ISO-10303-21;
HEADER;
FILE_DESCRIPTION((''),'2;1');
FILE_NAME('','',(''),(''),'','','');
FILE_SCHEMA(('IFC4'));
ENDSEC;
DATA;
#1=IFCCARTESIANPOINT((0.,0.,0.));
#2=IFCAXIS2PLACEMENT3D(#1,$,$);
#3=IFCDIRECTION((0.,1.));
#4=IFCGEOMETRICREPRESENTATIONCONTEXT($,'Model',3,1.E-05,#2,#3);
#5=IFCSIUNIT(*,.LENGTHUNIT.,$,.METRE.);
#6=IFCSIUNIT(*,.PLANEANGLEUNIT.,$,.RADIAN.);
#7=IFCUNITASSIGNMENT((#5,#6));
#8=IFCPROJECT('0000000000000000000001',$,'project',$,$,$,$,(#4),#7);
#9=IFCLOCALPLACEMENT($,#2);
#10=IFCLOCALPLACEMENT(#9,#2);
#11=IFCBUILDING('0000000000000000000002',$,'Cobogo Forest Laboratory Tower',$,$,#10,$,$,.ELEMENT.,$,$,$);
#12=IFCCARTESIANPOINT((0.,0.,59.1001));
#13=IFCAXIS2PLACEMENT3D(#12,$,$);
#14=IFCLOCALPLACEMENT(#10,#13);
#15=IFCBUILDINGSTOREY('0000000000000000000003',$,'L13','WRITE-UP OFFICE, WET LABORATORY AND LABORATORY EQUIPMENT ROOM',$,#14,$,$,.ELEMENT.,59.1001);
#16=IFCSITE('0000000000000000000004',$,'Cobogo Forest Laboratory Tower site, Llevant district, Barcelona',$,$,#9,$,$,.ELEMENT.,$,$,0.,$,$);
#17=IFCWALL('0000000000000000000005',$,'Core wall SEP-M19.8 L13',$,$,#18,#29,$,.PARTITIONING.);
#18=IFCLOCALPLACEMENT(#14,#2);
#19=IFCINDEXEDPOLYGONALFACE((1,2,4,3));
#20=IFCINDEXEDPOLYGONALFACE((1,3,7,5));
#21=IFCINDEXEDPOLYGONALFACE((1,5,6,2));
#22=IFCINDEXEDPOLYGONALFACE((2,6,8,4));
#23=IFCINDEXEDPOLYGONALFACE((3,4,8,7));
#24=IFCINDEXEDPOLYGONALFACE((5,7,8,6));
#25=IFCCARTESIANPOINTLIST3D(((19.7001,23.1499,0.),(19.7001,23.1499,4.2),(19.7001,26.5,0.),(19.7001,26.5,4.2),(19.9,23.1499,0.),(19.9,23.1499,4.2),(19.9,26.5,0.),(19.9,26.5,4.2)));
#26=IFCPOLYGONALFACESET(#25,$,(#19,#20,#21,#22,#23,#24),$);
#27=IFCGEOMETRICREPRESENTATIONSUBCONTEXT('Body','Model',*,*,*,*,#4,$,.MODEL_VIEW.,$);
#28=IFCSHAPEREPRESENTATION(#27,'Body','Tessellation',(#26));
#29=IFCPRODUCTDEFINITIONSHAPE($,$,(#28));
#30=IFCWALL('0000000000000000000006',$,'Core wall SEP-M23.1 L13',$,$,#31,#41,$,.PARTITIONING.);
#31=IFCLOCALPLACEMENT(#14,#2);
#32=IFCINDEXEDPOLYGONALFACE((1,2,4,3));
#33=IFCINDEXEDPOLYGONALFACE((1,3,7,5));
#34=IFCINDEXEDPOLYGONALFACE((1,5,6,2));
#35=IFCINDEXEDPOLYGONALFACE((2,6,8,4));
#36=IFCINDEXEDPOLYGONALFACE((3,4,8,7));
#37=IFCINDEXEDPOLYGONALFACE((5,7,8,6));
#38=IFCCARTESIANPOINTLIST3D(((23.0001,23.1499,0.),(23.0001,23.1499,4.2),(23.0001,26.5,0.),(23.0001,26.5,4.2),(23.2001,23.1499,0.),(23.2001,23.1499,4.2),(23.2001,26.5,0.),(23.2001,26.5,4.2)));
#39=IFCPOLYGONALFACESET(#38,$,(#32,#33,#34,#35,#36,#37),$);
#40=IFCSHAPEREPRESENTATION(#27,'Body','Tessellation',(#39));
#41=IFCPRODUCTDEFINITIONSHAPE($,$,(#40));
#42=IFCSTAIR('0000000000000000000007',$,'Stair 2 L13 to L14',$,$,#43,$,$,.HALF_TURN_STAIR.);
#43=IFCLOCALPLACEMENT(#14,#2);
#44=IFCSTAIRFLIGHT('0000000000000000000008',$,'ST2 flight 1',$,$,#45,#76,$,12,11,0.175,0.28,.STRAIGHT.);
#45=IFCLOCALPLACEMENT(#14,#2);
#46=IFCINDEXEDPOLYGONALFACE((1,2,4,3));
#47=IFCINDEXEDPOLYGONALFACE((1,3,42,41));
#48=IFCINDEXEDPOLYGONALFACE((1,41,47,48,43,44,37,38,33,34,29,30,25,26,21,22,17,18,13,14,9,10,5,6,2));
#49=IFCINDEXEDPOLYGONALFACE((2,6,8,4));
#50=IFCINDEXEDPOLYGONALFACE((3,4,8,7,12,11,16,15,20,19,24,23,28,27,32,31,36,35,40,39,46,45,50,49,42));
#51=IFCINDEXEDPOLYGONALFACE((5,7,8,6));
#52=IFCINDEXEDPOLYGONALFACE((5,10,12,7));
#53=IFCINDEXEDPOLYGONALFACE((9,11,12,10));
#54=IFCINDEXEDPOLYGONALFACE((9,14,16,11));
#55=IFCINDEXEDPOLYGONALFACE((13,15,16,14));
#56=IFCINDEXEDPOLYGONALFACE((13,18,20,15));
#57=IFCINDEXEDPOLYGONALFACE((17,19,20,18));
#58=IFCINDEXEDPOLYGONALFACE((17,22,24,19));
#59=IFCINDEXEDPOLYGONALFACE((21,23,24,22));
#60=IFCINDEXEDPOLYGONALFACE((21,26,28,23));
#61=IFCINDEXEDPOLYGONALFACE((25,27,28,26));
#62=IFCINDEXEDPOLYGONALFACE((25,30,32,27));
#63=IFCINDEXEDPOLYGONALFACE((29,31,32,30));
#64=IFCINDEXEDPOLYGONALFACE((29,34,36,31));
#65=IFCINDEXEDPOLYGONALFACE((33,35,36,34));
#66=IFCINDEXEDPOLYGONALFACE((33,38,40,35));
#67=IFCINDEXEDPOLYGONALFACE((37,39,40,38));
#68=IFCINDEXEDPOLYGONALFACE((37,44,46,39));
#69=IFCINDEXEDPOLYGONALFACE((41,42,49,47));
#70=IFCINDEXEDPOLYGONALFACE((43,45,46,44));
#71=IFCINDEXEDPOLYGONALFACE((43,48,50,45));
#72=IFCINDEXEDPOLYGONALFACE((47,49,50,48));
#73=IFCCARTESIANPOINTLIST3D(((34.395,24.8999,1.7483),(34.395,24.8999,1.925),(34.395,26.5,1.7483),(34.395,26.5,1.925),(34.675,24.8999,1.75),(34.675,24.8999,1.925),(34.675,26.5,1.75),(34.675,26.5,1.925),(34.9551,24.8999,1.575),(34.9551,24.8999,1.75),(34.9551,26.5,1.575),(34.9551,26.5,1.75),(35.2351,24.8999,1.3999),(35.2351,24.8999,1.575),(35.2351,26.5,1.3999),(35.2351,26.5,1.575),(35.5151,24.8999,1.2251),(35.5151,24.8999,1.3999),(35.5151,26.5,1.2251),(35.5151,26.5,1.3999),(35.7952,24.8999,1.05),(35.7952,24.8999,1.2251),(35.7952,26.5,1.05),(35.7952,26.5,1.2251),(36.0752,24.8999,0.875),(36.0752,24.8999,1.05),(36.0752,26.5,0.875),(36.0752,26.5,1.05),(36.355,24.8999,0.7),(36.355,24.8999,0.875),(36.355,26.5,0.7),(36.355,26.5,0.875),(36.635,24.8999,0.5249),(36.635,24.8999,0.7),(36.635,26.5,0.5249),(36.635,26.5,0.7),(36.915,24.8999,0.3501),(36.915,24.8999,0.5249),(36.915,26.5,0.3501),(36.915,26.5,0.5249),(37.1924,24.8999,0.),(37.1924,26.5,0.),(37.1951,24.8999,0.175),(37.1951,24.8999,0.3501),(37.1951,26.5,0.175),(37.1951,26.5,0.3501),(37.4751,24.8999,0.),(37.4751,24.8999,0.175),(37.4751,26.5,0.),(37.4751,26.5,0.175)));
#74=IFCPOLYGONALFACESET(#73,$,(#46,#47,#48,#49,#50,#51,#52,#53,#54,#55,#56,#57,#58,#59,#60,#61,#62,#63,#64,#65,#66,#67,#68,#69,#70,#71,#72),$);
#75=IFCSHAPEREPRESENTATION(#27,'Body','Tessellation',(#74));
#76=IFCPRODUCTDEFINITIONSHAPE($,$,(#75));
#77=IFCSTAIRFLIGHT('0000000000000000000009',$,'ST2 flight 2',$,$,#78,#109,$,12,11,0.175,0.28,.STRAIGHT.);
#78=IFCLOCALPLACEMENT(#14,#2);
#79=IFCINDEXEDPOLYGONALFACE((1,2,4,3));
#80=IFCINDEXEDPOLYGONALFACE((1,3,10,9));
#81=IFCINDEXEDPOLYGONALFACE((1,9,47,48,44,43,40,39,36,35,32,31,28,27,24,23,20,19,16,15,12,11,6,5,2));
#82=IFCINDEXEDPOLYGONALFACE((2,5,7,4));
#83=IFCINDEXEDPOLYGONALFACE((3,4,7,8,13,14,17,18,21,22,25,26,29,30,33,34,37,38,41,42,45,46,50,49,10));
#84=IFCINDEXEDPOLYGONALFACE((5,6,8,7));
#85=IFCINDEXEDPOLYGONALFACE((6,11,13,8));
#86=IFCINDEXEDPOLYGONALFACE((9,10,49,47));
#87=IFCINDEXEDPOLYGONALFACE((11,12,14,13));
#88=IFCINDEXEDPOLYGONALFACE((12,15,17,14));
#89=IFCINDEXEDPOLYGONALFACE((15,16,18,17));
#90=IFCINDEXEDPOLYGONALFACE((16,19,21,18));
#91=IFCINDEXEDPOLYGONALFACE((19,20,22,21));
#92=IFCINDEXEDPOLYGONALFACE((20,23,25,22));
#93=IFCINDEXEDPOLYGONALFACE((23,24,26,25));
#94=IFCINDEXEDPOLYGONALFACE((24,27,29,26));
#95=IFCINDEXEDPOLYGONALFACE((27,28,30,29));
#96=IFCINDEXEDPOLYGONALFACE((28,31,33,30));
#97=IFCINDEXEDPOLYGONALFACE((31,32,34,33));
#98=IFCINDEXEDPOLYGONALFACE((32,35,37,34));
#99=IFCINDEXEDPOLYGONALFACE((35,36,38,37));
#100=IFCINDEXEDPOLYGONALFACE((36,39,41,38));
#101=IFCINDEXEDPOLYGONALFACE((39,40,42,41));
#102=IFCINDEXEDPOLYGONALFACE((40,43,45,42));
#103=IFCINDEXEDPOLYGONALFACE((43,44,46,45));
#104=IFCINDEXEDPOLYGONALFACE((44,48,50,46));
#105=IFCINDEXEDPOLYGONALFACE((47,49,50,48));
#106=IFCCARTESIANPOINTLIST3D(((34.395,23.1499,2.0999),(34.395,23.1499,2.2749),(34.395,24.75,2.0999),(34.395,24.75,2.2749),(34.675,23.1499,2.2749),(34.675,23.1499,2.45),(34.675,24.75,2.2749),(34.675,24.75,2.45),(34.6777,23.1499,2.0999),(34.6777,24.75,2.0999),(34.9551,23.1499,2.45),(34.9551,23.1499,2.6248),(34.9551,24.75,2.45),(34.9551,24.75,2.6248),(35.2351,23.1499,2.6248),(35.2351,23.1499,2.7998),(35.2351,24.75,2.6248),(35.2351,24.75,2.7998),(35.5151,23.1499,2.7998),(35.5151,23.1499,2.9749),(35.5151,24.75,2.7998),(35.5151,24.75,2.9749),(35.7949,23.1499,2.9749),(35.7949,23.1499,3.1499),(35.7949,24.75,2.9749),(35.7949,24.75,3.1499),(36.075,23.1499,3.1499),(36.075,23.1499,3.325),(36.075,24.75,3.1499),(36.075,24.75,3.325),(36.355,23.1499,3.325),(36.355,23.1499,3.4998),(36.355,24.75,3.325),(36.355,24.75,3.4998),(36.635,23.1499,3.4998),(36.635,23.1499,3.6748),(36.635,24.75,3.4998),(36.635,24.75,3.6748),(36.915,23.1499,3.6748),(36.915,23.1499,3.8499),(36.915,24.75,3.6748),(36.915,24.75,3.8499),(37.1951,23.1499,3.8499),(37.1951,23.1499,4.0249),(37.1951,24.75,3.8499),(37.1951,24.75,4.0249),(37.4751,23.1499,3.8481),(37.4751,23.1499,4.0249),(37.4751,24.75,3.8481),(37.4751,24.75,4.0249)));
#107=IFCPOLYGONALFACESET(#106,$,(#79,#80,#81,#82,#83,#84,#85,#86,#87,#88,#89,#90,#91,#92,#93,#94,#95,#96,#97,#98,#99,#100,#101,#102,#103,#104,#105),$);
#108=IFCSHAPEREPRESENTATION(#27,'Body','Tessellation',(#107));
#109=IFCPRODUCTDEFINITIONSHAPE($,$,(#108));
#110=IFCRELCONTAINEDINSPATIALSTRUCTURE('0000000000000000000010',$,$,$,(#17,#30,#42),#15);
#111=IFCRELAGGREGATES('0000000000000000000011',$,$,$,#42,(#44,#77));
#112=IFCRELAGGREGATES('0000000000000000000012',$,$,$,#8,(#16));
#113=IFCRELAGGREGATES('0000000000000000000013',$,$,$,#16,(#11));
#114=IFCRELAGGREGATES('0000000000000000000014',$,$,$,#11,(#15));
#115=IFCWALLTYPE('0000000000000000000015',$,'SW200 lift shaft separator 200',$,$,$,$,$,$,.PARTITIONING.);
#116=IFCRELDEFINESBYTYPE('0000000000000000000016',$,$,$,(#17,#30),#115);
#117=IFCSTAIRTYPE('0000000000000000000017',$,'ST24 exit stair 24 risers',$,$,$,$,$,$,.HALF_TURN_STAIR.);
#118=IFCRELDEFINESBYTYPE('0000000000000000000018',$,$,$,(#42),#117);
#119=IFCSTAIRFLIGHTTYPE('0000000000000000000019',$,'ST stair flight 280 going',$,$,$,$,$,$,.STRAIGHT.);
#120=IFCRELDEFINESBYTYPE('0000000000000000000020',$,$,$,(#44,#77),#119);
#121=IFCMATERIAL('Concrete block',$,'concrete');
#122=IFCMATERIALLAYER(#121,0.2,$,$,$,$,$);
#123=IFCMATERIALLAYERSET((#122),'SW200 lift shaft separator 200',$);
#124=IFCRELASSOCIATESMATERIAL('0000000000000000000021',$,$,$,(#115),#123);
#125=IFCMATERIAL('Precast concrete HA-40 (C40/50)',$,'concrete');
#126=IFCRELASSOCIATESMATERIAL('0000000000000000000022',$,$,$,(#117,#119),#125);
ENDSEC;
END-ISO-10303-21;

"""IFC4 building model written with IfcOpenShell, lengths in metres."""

from ifc_helpers import new_model, si_unit, direction, frame, frame_2d, origin, place, context, subcontext, project, spatial, polyline, rectangle, outline, extrude, material, layer, layer_set, type_object, element, aggregate, save


model = new_model("IFC4")

# Units and contexts
model_context = context("Model", 3, precision=1e-05, world=origin(), true_north=direction((0.0, 1.0)))
body_context = subcontext(model_context, "Body", "Model", "MODEL_VIEW")
ifc_project = project(units=[si_unit("LENGTHUNIT", "METRE"), si_unit("PLANEANGLEUNIT", "RADIAN")], contexts=[model_context])

# Site, building, storey
site_placement = place(None, origin())
site = spatial("IfcSite", under=ifc_project, at=site_placement, Name="Cobogo Forest Laboratory Tower site, Llevant district, Barcelona", CompositionType="ELEMENT", RefElevation=0.0)
building_placement = place(site_placement, origin())
building = spatial("IfcBuilding", under=site, at=building_placement, Name="Cobogo Forest Laboratory Tower", CompositionType="ELEMENT")
storey_placement = place(building_placement, frame((0.0, 0.0, 59.1001)))
storey = spatial("IfcBuildingStorey", under=building, at=storey_placement, Name="L13", Description="WRITE-UP OFFICE, WET LABORATORY AND LABORATORY EQUIPMENT ROOM", CompositionType="ELEMENT", Elevation=59.1001)

# Walls
ifc_material_1 = material(Name="Concrete block", Category="concrete")
ifc_layer_1 = layer(ifc_material_1, 0.2)
ifc_layer_set_1 = layer_set([ifc_layer_1], Name="SW200 lift shaft separator 200")
wall_type_1 = type_object("IfcWallType", Name="SW200 lift shaft separator 200", PredefinedType="PARTITIONING", material=ifc_layer_set_1)
for number, where, z_axis, x_axis, name in (
    (1, (19.8, 23.1499, 0.0), (0.0, 0.0, 1.0), (0.0, 1.0, 0.0), "Core wall SEP-M19.8 L13"),
    (2, (23.1001, 23.1499, 0.0), (0.0, 0.0, 1.0), (0.0, 1.0, 0.0), "Core wall SEP-M23.1 L13"),
):
    element("IfcWall", number, at=place(storey_placement, frame(where, z_axis=z_axis, x_axis=x_axis)), inside=storey, type_object=wall_type_1, Name=name, PredefinedType="PARTITIONING", context=body_context, shape_type="SweptSolid", body=[
        extrude(rectangle(XDim=3.3501, YDim=0.2, at=frame_2d((1.675, 0.0))), origin(), (0.0, 0.0, 1.0), 4.2),
    ])

# Stair, stair flights
ifc_material_2 = material(Name="Precast concrete HA-40 (C40/50)", Category="concrete")
stair_type = type_object("IfcStairType", Name="ST24 exit stair 24 risers", PredefinedType="HALF_TURN_STAIR", material=ifc_material_2)
stair_placement = place(storey_placement, origin())
stair = element("IfcStair", 3, at=stair_placement, inside=storey, type_object=stair_type, Name="Stair 2 L13 to L14", PredefinedType="HALF_TURN_STAIR")
stair_flight_type = type_object("IfcStairFlightType", Name="ST stair flight 280 going", PredefinedType="STRAIGHT", material=ifc_material_2)
stair_flight_1_placement = place(storey_placement, frame((37.4751, 25.7, 0.0), z_axis=(0.0, 0.0, 1.0), x_axis=(-1.0, 0.0, 0.0)))
stair_flight_1 = element("IfcStairFlight", 4, at=stair_flight_1_placement, type_object=stair_flight_type, Name="ST2 flight 1", NumberOfRisers=12, NumberOfTreads=11, PredefinedType="STRAIGHT", RiserHeight=0.175, TreadLength=0.28, context=body_context, shape_type="SweptSolid", body=[
    extrude(outline(polyline([(0.0, 0.0), (0.0, 0.175), (0.28, 0.175), (0.28, 0.3501), (0.5601, 0.3501), (0.5601, 0.5249), (0.8401, 0.5249), (0.8401, 0.7), (1.1201, 0.7), (1.1201, 0.875), (1.3999, 0.875), (1.3999, 1.05), (1.6799, 1.05), (1.6799, 1.2251), (1.96, 1.2251), (1.96, 1.3999), (2.24, 1.3999), (2.24, 1.575), (2.52, 1.575), (2.52, 1.75), (2.8, 1.75), (2.8, 1.925), (3.0801, 1.925), (3.0801, 2.1001), (3.0801, 1.7483), (0.2827, 0.0), (0.0, 0.0)])), frame((0.0, 0.8, 0.0), z_axis=(0.0, -1.0, 0.0), x_axis=(1.0, 0.0, 0.0)), (0.0, 0.0, 1.0), 1.6001),
])
stair_flight_2_placement = place(storey_placement, frame((34.395, 23.95, 2.0999), z_axis=(0.0, 0.0, 1.0), x_axis=(1.0, 0.0, 0.0)))
stair_flight_2 = element("IfcStairFlight", 5, at=stair_flight_2_placement, type_object=stair_flight_type, Name="ST2 flight 2", NumberOfRisers=12, NumberOfTreads=11, PredefinedType="STRAIGHT", RiserHeight=0.175, TreadLength=0.28, context=body_context, shape_type="SweptSolid", body=[
    extrude(outline(polyline([(0.0, 0.0), (0.0, 0.175), (0.28, 0.175), (0.28, 0.3501), (0.5601, 0.3501), (0.5601, 0.5249), (0.8401, 0.5249), (0.8401, 0.7), (1.1201, 0.7), (1.1201, 0.875), (1.3999, 0.875), (1.3999, 1.05), (1.6799, 1.05), (1.6799, 1.2251), (1.96, 1.2251), (1.96, 1.3999), (2.24, 1.3999), (2.24, 1.575), (2.52, 1.575), (2.52, 1.75), (2.8, 1.75), (2.8, 1.925), (3.0801, 1.925), (3.0801, 2.1001), (3.0801, 1.7483), (0.2827, 0.0), (0.0, 0.0)])), frame((0.0, 0.8, 0.0), z_axis=(0.0, -1.0, 0.0), x_axis=(1.0, 0.0, 0.0)), (0.0, 0.0, 1.0), 1.6001),
])
aggregate(stair, [stair_flight_1, stair_flight_2])

save(model, "model.ifc")
